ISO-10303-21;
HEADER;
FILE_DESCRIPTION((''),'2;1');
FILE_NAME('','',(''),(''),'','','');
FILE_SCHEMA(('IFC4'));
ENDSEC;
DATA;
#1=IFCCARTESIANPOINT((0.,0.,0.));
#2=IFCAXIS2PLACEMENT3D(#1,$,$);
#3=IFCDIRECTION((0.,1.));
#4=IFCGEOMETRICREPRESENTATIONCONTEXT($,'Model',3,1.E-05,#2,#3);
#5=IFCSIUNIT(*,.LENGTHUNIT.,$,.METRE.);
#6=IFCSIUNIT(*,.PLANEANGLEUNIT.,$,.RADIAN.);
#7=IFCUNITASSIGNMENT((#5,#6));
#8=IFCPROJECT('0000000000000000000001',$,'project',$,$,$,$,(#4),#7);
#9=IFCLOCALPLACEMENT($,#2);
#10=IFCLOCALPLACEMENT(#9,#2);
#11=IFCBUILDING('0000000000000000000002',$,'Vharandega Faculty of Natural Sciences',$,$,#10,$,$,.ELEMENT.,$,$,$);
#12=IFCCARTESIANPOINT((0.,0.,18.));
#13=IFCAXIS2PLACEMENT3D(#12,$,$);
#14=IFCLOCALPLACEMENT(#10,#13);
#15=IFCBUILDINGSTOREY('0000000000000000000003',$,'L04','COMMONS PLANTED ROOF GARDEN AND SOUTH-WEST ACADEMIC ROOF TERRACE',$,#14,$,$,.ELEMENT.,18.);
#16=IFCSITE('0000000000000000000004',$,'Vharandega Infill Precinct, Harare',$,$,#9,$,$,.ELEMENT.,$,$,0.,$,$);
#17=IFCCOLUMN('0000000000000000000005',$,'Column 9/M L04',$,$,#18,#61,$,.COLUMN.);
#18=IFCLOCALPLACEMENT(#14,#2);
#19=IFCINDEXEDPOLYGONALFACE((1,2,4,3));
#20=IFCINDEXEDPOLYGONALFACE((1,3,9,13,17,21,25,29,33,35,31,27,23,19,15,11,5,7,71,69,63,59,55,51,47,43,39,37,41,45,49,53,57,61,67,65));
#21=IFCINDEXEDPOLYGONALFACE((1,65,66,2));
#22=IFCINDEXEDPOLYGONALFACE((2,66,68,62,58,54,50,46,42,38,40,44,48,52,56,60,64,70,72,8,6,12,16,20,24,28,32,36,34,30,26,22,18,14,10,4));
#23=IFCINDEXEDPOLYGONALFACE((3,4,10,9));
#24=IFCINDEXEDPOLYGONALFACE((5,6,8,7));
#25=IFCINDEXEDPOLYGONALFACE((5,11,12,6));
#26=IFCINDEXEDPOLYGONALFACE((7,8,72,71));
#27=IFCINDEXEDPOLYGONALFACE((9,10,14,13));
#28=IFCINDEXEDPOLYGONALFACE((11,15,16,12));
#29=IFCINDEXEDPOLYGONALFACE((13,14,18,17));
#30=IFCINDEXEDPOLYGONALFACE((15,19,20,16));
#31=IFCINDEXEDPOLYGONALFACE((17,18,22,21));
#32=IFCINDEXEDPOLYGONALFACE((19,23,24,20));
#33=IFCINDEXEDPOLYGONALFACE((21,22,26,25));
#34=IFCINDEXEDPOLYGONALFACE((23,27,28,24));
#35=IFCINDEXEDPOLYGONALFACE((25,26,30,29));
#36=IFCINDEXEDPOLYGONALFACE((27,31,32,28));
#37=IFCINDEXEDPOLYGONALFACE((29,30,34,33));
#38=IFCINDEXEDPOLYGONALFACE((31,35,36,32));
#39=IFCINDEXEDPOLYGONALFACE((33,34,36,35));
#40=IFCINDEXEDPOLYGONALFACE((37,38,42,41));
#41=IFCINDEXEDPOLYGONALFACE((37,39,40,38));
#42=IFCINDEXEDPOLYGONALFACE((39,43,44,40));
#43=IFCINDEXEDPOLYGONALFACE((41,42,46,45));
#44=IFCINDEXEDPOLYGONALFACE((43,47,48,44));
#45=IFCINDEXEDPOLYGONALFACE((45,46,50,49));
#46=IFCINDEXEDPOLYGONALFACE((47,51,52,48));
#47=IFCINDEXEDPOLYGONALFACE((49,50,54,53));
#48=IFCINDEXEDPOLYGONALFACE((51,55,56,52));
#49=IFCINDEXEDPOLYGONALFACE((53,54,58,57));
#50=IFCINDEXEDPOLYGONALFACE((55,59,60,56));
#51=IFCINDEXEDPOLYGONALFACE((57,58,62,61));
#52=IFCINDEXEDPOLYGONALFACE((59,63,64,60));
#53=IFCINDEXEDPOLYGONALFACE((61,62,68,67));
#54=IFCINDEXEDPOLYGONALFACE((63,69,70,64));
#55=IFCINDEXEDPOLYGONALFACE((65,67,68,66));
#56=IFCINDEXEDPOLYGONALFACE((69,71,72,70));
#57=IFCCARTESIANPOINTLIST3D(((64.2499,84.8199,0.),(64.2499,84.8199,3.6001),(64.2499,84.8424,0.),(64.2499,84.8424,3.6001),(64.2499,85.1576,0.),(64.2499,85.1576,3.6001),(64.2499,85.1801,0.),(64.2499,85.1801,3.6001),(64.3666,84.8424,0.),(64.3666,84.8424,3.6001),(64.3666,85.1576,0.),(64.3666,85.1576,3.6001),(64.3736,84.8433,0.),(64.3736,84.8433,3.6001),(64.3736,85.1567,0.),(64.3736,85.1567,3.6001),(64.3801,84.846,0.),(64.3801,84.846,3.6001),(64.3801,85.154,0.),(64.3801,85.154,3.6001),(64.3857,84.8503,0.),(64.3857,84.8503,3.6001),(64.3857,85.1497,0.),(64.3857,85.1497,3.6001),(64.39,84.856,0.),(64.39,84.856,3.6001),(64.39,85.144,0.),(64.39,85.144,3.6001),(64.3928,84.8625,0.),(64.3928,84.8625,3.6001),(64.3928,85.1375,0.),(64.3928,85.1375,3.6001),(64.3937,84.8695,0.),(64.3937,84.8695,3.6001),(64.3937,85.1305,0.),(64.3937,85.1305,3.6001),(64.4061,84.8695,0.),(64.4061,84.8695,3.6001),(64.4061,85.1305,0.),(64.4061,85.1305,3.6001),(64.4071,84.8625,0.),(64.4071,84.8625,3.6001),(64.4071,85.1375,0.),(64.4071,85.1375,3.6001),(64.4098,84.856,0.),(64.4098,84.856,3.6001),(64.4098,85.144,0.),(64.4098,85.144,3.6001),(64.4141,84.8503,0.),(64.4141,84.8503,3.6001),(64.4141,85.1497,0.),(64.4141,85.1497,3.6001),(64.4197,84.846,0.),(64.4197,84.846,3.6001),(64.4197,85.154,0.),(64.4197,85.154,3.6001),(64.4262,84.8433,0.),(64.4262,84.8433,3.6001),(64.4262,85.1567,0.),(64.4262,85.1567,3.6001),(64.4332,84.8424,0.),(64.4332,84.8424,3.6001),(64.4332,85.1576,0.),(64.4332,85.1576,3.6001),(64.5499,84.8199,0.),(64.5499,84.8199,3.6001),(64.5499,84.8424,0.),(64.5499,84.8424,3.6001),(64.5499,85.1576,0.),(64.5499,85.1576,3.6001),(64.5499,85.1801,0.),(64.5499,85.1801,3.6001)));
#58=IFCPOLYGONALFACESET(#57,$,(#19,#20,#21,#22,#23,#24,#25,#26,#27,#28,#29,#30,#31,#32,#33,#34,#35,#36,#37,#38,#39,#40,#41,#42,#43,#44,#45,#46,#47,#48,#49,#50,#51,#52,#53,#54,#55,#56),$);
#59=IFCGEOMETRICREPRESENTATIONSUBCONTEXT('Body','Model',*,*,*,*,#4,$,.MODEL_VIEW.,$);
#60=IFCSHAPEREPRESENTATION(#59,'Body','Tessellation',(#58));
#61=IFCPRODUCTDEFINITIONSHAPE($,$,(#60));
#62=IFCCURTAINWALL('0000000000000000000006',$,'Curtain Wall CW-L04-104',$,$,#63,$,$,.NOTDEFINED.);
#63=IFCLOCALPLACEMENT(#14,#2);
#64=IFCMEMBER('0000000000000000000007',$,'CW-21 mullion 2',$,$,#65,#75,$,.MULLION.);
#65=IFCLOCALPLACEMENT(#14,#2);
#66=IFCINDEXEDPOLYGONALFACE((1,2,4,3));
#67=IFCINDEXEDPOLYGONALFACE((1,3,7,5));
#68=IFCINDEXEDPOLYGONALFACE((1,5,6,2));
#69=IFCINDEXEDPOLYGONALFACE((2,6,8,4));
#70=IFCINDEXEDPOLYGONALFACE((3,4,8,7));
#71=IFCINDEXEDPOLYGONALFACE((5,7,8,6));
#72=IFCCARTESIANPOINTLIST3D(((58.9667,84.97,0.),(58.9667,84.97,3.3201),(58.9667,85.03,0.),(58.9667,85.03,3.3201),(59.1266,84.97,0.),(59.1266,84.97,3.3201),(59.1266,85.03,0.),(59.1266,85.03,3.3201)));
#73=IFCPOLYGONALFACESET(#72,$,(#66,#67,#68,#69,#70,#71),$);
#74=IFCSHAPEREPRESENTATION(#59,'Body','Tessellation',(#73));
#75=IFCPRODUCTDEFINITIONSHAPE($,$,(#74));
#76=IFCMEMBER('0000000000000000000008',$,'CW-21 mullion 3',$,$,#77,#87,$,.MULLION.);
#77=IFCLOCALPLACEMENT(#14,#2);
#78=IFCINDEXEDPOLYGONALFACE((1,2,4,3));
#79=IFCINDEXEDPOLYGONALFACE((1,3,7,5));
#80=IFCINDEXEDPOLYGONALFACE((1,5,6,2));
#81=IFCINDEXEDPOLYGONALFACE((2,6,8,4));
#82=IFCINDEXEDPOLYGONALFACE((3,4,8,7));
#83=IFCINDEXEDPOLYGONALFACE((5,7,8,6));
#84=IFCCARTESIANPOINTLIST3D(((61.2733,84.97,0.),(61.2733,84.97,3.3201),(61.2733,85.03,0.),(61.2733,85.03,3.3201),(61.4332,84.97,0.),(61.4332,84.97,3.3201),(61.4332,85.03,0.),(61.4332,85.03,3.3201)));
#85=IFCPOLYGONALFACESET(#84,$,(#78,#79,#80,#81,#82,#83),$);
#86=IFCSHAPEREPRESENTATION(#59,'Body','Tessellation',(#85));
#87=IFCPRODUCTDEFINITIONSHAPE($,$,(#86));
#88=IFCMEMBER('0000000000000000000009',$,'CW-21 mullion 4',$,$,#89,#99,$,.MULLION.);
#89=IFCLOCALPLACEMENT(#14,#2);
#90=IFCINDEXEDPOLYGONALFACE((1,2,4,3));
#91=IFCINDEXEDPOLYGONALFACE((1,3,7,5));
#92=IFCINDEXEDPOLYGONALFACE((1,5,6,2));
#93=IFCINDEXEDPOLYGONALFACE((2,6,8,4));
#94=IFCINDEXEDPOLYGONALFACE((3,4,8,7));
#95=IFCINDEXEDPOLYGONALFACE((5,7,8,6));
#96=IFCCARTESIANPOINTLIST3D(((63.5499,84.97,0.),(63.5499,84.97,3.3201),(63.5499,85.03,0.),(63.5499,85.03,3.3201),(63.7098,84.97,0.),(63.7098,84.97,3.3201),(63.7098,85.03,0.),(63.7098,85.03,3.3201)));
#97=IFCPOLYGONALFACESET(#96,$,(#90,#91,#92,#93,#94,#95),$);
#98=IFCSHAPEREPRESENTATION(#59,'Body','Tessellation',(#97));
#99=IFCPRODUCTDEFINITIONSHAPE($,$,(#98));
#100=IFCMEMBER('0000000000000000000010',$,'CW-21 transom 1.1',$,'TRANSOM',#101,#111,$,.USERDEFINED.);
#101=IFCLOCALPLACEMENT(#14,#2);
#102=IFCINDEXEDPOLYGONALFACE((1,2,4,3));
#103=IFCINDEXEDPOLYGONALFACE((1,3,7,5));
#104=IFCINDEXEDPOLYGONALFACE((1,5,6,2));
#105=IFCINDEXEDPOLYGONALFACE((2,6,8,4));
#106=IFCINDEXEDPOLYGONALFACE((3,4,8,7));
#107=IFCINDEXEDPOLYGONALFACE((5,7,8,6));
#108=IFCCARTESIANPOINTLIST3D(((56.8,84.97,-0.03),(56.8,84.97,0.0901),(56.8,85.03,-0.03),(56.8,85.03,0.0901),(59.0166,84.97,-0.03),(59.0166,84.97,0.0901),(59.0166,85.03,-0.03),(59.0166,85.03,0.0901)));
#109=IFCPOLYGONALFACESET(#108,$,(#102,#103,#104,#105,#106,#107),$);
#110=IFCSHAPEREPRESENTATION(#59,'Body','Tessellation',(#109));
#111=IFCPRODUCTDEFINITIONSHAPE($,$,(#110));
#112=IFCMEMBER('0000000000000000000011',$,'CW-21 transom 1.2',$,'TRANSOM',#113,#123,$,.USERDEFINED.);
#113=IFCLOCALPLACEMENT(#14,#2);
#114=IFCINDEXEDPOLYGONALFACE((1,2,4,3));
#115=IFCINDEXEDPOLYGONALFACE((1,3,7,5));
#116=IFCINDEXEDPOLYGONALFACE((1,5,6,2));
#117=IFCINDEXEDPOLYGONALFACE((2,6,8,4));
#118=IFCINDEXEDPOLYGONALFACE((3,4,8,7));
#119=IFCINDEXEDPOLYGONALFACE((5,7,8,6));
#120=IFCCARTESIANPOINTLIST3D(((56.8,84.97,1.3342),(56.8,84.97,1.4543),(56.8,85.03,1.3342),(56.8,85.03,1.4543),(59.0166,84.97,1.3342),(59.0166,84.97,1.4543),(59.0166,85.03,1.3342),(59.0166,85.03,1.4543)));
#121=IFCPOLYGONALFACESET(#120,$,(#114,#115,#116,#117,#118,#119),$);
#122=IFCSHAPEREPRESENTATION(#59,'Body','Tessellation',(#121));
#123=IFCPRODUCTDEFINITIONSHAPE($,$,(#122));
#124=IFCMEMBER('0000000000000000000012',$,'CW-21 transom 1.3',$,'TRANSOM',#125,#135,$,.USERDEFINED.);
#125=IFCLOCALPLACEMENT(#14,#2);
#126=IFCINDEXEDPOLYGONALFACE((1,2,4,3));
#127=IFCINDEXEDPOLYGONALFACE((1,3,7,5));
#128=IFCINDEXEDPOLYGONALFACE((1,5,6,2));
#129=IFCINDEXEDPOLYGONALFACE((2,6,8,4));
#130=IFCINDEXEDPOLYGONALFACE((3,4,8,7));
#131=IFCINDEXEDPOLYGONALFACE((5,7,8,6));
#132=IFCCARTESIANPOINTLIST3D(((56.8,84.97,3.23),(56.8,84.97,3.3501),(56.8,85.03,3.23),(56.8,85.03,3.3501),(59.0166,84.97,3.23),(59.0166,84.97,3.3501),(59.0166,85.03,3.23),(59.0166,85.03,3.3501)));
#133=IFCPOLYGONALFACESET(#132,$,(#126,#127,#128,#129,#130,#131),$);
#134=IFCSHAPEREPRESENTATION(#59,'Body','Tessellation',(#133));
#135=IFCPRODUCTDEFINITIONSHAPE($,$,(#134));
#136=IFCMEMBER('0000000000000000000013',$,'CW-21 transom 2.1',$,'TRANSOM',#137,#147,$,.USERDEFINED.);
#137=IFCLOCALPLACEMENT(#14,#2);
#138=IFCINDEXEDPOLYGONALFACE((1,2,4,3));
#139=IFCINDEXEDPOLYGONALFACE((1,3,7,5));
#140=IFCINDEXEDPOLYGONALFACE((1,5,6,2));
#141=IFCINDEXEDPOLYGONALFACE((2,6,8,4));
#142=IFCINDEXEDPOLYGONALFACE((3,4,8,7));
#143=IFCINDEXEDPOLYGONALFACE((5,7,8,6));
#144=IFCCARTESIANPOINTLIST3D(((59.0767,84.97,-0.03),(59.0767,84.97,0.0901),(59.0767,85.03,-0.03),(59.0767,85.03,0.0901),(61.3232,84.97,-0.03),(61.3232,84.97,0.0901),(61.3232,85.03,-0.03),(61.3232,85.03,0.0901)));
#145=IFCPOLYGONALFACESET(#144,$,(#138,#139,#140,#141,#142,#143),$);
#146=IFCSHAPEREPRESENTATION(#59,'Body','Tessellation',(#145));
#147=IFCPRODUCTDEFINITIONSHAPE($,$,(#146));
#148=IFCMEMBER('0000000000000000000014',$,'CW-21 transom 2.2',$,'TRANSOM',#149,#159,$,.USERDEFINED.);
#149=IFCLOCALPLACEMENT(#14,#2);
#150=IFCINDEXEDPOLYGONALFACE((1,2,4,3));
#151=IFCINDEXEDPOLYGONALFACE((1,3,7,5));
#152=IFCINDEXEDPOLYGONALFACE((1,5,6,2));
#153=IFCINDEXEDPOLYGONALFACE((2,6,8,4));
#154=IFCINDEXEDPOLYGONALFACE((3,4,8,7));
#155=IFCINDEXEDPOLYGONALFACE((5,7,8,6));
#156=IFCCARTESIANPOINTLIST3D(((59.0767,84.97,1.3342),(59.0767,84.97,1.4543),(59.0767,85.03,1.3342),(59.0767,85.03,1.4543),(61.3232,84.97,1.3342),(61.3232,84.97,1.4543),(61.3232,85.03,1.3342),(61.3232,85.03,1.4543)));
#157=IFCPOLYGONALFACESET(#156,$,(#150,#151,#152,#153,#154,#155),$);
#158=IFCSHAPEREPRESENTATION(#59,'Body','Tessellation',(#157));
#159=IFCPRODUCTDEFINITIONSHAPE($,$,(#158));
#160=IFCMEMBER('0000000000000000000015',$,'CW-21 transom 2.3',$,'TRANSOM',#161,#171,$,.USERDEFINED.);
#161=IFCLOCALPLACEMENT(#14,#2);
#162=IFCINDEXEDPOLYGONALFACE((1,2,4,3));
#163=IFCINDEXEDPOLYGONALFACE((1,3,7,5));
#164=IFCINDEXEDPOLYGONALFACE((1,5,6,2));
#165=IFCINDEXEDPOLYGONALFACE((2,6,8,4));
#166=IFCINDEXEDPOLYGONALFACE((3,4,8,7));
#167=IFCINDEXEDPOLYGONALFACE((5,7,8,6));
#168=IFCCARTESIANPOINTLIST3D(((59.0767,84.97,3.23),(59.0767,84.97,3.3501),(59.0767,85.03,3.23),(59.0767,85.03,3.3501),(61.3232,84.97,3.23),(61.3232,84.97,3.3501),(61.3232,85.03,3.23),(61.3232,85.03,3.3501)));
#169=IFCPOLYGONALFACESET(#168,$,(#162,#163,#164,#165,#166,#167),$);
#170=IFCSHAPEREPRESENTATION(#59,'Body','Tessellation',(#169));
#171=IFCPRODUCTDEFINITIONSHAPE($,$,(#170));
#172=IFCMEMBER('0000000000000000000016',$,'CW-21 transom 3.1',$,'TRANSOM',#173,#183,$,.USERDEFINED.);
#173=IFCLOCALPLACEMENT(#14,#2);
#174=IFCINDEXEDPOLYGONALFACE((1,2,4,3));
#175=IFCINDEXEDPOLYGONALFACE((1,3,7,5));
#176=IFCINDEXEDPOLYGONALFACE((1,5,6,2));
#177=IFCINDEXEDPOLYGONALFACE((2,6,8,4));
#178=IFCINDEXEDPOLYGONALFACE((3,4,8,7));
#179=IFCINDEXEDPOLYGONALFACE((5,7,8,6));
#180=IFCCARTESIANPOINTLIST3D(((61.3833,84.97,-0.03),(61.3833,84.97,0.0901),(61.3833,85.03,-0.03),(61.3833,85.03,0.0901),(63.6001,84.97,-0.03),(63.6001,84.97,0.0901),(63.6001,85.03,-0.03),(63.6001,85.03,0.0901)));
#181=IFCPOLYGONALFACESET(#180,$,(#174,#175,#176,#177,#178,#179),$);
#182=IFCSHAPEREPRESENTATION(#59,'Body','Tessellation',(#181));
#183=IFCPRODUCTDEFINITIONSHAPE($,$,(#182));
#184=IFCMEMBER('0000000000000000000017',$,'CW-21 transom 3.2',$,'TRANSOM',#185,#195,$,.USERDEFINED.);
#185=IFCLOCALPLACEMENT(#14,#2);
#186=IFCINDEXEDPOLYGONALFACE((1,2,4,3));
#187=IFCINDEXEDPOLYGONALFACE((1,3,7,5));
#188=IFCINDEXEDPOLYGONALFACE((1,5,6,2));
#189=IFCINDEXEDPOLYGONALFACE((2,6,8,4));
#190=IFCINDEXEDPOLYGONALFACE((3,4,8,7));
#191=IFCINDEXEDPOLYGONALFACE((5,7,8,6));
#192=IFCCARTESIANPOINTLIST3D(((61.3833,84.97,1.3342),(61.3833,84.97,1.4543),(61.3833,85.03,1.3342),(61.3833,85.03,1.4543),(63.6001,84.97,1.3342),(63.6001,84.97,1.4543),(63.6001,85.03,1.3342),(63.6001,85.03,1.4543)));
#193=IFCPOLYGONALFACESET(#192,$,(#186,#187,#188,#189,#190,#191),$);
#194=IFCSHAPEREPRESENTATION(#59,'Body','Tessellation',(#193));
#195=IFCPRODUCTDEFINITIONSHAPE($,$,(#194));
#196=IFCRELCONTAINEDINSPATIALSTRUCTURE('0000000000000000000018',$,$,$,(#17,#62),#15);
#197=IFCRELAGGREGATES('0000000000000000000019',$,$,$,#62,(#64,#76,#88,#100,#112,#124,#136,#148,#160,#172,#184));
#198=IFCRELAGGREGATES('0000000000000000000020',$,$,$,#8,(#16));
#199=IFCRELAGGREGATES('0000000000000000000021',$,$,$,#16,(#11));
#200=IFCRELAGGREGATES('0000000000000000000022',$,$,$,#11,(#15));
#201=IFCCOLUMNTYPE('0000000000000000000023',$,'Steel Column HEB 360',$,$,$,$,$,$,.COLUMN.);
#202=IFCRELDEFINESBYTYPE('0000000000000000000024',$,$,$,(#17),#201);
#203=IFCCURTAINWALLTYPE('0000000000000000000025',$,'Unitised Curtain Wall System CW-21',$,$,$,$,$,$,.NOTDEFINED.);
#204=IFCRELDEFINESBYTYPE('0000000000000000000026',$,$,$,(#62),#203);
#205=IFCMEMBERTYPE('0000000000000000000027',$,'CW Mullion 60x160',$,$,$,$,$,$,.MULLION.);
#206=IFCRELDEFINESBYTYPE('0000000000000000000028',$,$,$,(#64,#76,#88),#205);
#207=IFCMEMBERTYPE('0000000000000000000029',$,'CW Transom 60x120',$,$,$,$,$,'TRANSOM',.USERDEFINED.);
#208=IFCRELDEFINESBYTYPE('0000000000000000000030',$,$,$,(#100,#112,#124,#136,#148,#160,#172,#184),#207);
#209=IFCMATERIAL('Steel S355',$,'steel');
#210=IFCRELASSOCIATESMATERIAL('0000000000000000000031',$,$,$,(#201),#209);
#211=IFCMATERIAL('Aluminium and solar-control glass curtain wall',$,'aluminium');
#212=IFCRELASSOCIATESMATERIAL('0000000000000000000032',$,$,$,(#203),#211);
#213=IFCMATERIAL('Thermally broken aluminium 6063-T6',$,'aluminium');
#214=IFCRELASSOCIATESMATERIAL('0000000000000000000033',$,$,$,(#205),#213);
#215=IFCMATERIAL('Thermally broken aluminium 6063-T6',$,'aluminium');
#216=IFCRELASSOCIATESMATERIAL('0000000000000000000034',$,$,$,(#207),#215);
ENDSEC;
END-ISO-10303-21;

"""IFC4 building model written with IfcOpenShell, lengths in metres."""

from ifc_helpers import new_model, si_unit, direction, frame, origin, origin_2d, place, context, subcontext, project, spatial, rectangle, i_section, extrude, material, material_profile, profile_set, type_object, element, aggregate, save


model = new_model("IFC4")

# Units and contexts
model_context = context("Model", 3, precision=1e-05, world=origin(), true_north=direction((0.0, 1.0)))
body_context = subcontext(model_context, "Body", "Model", "MODEL_VIEW")
ifc_project = project(units=[si_unit("LENGTHUNIT", "METRE"), si_unit("PLANEANGLEUNIT", "RADIAN")], contexts=[model_context])

# Site, building, storey
site_placement = place(None, origin())
site = spatial("IfcSite", under=ifc_project, at=site_placement, Name="Vharandega Infill Precinct, Harare", CompositionType="ELEMENT", RefElevation=0.0)
building_placement = place(site_placement, origin())
building = spatial("IfcBuilding", under=site, at=building_placement, Name="Vharandega Faculty of Natural Sciences", CompositionType="ELEMENT")
storey_placement = place(building_placement, frame((0.0, 0.0, 18.0)))
storey = spatial("IfcBuildingStorey", under=building, at=storey_placement, Name="L04", Description="COMMONS PLANTED ROOF GARDEN AND SOUTH-WEST ACADEMIC ROOF TERRACE", CompositionType="ELEMENT", Elevation=18.0)

# Column
ifc_material_1 = material(Name="Steel S355", Category="steel")
ifc_material_profile_1 = material_profile(ifc_material_1, i_section(OverallWidth=0.3, OverallDepth=0.3601, WebThickness=0.0125, FlangeThickness=0.0225, FilletRadius=0.0271, at=origin_2d()), Name="HEB 360")
ifc_profile_set_1 = profile_set([ifc_material_profile_1], Name="Steel S355")
column_type = type_object("IfcColumnType", Name="Steel Column HEB 360", PredefinedType="COLUMN", material=ifc_profile_set_1)
column_placement = place(storey_placement, frame((64.3999, 85.0, 0.0), z_axis=(0.0, 0.0, 1.0), x_axis=(1.0, 0.0, 0.0)))
element("IfcColumn", 1, at=column_placement, inside=storey, type_object=column_type, Name="Column 9/M L04", PredefinedType="COLUMN", context=body_context, shape_type="SweptSolid", body=[
    extrude(i_section(OverallWidth=0.3, OverallDepth=0.3601, WebThickness=0.0125, FlangeThickness=0.0225, FilletRadius=0.0271, at=origin_2d()), origin(), (0.0, 0.0, 1.0), 3.6001),
])

# Curtain wall, members
ifc_material_2 = material(Name="Aluminium and solar-control glass curtain wall", Category="aluminium")
curtain_wall_type = type_object("IfcCurtainWallType", Name="Unitised Curtain Wall System CW-21", PredefinedType="NOTDEFINED", material=ifc_material_2)
curtain_wall_placement = place(storey_placement, origin())
curtain_wall = element("IfcCurtainWall", 2, at=curtain_wall_placement, inside=storey, type_object=curtain_wall_type, Name="Curtain Wall CW-L04-104", PredefinedType="NOTDEFINED")
ifc_material_3 = material(Name="Thermally broken aluminium 6063-T6", Category="aluminium")
ifc_material_profile_2 = material_profile(ifc_material_3, rectangle(XDim=0.0601, YDim=0.1599, at=origin_2d()), Name="ALU 60x160")
ifc_profile_set_2 = profile_set([ifc_material_profile_2], Name="Thermally broken aluminium 6063-T6")
member_type_1 = type_object("IfcMemberType", Name="CW Mullion 60x160", PredefinedType="MULLION", material=ifc_profile_set_2)
member_1_placement = place(storey_placement, frame((59.0466, 85.0, 0.0), z_axis=(0.0, 0.0, 1.0), x_axis=(0.0, 1.0, 0.0)))
member_1 = element("IfcMember", 3, at=member_1_placement, type_object=member_type_1, Name="CW-21 mullion 2", PredefinedType="MULLION", context=body_context, shape_type="SweptSolid", body=[
    extrude(rectangle(XDim=0.0601, YDim=0.1599, at=origin_2d()), origin(), (0.0, 0.0, 1.0), 3.3201),
])
member_2_placement = place(storey_placement, frame((61.3533, 85.0, 0.0), z_axis=(0.0, 0.0, 1.0), x_axis=(0.0, 1.0, 0.0)))
member_2 = element("IfcMember", 4, at=member_2_placement, type_object=member_type_1, Name="CW-21 mullion 3", PredefinedType="MULLION", context=body_context, shape_type="SweptSolid", body=[
    extrude(rectangle(XDim=0.0601, YDim=0.1599, at=origin_2d()), origin(), (0.0, 0.0, 1.0), 3.3201),
])
member_3_placement = place(storey_placement, frame((63.6299, 85.0, 0.0), z_axis=(0.0, 0.0, 1.0), x_axis=(0.0, 1.0, 0.0)))
member_3 = element("IfcMember", 5, at=member_3_placement, type_object=member_type_1, Name="CW-21 mullion 4", PredefinedType="MULLION", context=body_context, shape_type="SweptSolid", body=[
    extrude(rectangle(XDim=0.0601, YDim=0.1599, at=origin_2d()), origin(), (0.0, 0.0, 1.0), 3.3201),
])
ifc_material_4 = material(Name="Thermally broken aluminium 6063-T6", Category="aluminium")
ifc_material_profile_3 = material_profile(ifc_material_4, rectangle(XDim=0.0601, YDim=0.1201, at=origin_2d()), Name="ALU 60x120")
ifc_profile_set_3 = profile_set([ifc_material_profile_3], Name="Thermally broken aluminium 6063-T6")
member_type_2 = type_object("IfcMemberType", Name="CW Transom 60x120", ElementType="TRANSOM", PredefinedType="USERDEFINED", material=ifc_profile_set_3)
member_4_placement = place(storey_placement, frame((56.8, 85.0, 0.03), z_axis=(1.0, 0.0, 0.0), x_axis=(0.0, 1.0, 0.0)))
member_4 = element("IfcMember", 6, at=member_4_placement, type_object=member_type_2, Name="CW-21 transom 1.1", ObjectType="TRANSOM", PredefinedType="USERDEFINED", context=body_context, shape_type="SweptSolid", body=[
    extrude(rectangle(XDim=0.0601, YDim=0.1201, at=origin_2d()), origin(), (0.0, 0.0, 1.0), 2.2166),
])
member_5_placement = place(storey_placement, frame((56.8, 85.0, 1.3943), z_axis=(1.0, 0.0, 0.0), x_axis=(0.0, 1.0, 0.0)))
member_5 = element("IfcMember", 7, at=member_5_placement, type_object=member_type_2, Name="CW-21 transom 1.2", ObjectType="TRANSOM", PredefinedType="USERDEFINED", context=body_context, shape_type="SweptSolid", body=[
    extrude(rectangle(XDim=0.0601, YDim=0.1201, at=origin_2d()), origin(), (0.0, 0.0, 1.0), 2.2166),
])
member_6_placement = place(storey_placement, frame((56.8, 85.0, 3.29), z_axis=(1.0, 0.0, 0.0), x_axis=(0.0, 1.0, 0.0)))
member_6 = element("IfcMember", 8, at=member_6_placement, type_object=member_type_2, Name="CW-21 transom 1.3", ObjectType="TRANSOM", PredefinedType="USERDEFINED", context=body_context, shape_type="SweptSolid", body=[
    extrude(rectangle(XDim=0.0601, YDim=0.1201, at=origin_2d()), origin(), (0.0, 0.0, 1.0), 2.2166),
])
member_7_placement = place(storey_placement, frame((59.0767, 85.0, 0.03), z_axis=(1.0, 0.0, 0.0), x_axis=(0.0, 1.0, 0.0)))
member_7 = element("IfcMember", 9, at=member_7_placement, type_object=member_type_2, Name="CW-21 transom 2.1", ObjectType="TRANSOM", PredefinedType="USERDEFINED", context=body_context, shape_type="SweptSolid", body=[
    extrude(rectangle(XDim=0.0601, YDim=0.1201, at=origin_2d()), origin(), (0.0, 0.0, 1.0), 2.2466),
])
member_8_placement = place(storey_placement, frame((59.0767, 85.0, 1.3943), z_axis=(1.0, 0.0, 0.0), x_axis=(0.0, 1.0, 0.0)))
member_8 = element("IfcMember", 10, at=member_8_placement, type_object=member_type_2, Name="CW-21 transom 2.2", ObjectType="TRANSOM", PredefinedType="USERDEFINED", context=body_context, shape_type="SweptSolid", body=[
    extrude(rectangle(XDim=0.0601, YDim=0.1201, at=origin_2d()), origin(), (0.0, 0.0, 1.0), 2.2466),
])
member_9_placement = place(storey_placement, frame((59.0767, 85.0, 3.29), z_axis=(1.0, 0.0, 0.0), x_axis=(0.0, 1.0, 0.0)))
member_9 = element("IfcMember", 11, at=member_9_placement, type_object=member_type_2, Name="CW-21 transom 2.3", ObjectType="TRANSOM", PredefinedType="USERDEFINED", context=body_context, shape_type="SweptSolid", body=[
    extrude(rectangle(XDim=0.0601, YDim=0.1201, at=origin_2d()), origin(), (0.0, 0.0, 1.0), 2.2466),
])
member_10_placement = place(storey_placement, frame((61.3833, 85.0, 0.03), z_axis=(1.0, 0.0, 0.0), x_axis=(0.0, 1.0, 0.0)))
member_10 = element("IfcMember", 12, at=member_10_placement, type_object=member_type_2, Name="CW-21 transom 3.1", ObjectType="TRANSOM", PredefinedType="USERDEFINED", context=body_context, shape_type="SweptSolid", body=[
    extrude(rectangle(XDim=0.0601, YDim=0.1201, at=origin_2d()), origin(), (0.0, 0.0, 1.0), 2.2168),
])
member_11_placement = place(storey_placement, frame((61.3833, 85.0, 1.3943), z_axis=(1.0, 0.0, 0.0), x_axis=(0.0, 1.0, 0.0)))
member_11 = element("IfcMember", 13, at=member_11_placement, type_object=member_type_2, Name="CW-21 transom 3.2", ObjectType="TRANSOM", PredefinedType="USERDEFINED", context=body_context, shape_type="SweptSolid", body=[
    extrude(rectangle(XDim=0.0601, YDim=0.1201, at=origin_2d()), origin(), (0.0, 0.0, 1.0), 2.2168),
])
aggregate(curtain_wall, [member_1, member_2, member_3, member_4, member_5, member_6, member_7, member_8, member_9, member_10, member_11])

save(model, "model.ifc")
